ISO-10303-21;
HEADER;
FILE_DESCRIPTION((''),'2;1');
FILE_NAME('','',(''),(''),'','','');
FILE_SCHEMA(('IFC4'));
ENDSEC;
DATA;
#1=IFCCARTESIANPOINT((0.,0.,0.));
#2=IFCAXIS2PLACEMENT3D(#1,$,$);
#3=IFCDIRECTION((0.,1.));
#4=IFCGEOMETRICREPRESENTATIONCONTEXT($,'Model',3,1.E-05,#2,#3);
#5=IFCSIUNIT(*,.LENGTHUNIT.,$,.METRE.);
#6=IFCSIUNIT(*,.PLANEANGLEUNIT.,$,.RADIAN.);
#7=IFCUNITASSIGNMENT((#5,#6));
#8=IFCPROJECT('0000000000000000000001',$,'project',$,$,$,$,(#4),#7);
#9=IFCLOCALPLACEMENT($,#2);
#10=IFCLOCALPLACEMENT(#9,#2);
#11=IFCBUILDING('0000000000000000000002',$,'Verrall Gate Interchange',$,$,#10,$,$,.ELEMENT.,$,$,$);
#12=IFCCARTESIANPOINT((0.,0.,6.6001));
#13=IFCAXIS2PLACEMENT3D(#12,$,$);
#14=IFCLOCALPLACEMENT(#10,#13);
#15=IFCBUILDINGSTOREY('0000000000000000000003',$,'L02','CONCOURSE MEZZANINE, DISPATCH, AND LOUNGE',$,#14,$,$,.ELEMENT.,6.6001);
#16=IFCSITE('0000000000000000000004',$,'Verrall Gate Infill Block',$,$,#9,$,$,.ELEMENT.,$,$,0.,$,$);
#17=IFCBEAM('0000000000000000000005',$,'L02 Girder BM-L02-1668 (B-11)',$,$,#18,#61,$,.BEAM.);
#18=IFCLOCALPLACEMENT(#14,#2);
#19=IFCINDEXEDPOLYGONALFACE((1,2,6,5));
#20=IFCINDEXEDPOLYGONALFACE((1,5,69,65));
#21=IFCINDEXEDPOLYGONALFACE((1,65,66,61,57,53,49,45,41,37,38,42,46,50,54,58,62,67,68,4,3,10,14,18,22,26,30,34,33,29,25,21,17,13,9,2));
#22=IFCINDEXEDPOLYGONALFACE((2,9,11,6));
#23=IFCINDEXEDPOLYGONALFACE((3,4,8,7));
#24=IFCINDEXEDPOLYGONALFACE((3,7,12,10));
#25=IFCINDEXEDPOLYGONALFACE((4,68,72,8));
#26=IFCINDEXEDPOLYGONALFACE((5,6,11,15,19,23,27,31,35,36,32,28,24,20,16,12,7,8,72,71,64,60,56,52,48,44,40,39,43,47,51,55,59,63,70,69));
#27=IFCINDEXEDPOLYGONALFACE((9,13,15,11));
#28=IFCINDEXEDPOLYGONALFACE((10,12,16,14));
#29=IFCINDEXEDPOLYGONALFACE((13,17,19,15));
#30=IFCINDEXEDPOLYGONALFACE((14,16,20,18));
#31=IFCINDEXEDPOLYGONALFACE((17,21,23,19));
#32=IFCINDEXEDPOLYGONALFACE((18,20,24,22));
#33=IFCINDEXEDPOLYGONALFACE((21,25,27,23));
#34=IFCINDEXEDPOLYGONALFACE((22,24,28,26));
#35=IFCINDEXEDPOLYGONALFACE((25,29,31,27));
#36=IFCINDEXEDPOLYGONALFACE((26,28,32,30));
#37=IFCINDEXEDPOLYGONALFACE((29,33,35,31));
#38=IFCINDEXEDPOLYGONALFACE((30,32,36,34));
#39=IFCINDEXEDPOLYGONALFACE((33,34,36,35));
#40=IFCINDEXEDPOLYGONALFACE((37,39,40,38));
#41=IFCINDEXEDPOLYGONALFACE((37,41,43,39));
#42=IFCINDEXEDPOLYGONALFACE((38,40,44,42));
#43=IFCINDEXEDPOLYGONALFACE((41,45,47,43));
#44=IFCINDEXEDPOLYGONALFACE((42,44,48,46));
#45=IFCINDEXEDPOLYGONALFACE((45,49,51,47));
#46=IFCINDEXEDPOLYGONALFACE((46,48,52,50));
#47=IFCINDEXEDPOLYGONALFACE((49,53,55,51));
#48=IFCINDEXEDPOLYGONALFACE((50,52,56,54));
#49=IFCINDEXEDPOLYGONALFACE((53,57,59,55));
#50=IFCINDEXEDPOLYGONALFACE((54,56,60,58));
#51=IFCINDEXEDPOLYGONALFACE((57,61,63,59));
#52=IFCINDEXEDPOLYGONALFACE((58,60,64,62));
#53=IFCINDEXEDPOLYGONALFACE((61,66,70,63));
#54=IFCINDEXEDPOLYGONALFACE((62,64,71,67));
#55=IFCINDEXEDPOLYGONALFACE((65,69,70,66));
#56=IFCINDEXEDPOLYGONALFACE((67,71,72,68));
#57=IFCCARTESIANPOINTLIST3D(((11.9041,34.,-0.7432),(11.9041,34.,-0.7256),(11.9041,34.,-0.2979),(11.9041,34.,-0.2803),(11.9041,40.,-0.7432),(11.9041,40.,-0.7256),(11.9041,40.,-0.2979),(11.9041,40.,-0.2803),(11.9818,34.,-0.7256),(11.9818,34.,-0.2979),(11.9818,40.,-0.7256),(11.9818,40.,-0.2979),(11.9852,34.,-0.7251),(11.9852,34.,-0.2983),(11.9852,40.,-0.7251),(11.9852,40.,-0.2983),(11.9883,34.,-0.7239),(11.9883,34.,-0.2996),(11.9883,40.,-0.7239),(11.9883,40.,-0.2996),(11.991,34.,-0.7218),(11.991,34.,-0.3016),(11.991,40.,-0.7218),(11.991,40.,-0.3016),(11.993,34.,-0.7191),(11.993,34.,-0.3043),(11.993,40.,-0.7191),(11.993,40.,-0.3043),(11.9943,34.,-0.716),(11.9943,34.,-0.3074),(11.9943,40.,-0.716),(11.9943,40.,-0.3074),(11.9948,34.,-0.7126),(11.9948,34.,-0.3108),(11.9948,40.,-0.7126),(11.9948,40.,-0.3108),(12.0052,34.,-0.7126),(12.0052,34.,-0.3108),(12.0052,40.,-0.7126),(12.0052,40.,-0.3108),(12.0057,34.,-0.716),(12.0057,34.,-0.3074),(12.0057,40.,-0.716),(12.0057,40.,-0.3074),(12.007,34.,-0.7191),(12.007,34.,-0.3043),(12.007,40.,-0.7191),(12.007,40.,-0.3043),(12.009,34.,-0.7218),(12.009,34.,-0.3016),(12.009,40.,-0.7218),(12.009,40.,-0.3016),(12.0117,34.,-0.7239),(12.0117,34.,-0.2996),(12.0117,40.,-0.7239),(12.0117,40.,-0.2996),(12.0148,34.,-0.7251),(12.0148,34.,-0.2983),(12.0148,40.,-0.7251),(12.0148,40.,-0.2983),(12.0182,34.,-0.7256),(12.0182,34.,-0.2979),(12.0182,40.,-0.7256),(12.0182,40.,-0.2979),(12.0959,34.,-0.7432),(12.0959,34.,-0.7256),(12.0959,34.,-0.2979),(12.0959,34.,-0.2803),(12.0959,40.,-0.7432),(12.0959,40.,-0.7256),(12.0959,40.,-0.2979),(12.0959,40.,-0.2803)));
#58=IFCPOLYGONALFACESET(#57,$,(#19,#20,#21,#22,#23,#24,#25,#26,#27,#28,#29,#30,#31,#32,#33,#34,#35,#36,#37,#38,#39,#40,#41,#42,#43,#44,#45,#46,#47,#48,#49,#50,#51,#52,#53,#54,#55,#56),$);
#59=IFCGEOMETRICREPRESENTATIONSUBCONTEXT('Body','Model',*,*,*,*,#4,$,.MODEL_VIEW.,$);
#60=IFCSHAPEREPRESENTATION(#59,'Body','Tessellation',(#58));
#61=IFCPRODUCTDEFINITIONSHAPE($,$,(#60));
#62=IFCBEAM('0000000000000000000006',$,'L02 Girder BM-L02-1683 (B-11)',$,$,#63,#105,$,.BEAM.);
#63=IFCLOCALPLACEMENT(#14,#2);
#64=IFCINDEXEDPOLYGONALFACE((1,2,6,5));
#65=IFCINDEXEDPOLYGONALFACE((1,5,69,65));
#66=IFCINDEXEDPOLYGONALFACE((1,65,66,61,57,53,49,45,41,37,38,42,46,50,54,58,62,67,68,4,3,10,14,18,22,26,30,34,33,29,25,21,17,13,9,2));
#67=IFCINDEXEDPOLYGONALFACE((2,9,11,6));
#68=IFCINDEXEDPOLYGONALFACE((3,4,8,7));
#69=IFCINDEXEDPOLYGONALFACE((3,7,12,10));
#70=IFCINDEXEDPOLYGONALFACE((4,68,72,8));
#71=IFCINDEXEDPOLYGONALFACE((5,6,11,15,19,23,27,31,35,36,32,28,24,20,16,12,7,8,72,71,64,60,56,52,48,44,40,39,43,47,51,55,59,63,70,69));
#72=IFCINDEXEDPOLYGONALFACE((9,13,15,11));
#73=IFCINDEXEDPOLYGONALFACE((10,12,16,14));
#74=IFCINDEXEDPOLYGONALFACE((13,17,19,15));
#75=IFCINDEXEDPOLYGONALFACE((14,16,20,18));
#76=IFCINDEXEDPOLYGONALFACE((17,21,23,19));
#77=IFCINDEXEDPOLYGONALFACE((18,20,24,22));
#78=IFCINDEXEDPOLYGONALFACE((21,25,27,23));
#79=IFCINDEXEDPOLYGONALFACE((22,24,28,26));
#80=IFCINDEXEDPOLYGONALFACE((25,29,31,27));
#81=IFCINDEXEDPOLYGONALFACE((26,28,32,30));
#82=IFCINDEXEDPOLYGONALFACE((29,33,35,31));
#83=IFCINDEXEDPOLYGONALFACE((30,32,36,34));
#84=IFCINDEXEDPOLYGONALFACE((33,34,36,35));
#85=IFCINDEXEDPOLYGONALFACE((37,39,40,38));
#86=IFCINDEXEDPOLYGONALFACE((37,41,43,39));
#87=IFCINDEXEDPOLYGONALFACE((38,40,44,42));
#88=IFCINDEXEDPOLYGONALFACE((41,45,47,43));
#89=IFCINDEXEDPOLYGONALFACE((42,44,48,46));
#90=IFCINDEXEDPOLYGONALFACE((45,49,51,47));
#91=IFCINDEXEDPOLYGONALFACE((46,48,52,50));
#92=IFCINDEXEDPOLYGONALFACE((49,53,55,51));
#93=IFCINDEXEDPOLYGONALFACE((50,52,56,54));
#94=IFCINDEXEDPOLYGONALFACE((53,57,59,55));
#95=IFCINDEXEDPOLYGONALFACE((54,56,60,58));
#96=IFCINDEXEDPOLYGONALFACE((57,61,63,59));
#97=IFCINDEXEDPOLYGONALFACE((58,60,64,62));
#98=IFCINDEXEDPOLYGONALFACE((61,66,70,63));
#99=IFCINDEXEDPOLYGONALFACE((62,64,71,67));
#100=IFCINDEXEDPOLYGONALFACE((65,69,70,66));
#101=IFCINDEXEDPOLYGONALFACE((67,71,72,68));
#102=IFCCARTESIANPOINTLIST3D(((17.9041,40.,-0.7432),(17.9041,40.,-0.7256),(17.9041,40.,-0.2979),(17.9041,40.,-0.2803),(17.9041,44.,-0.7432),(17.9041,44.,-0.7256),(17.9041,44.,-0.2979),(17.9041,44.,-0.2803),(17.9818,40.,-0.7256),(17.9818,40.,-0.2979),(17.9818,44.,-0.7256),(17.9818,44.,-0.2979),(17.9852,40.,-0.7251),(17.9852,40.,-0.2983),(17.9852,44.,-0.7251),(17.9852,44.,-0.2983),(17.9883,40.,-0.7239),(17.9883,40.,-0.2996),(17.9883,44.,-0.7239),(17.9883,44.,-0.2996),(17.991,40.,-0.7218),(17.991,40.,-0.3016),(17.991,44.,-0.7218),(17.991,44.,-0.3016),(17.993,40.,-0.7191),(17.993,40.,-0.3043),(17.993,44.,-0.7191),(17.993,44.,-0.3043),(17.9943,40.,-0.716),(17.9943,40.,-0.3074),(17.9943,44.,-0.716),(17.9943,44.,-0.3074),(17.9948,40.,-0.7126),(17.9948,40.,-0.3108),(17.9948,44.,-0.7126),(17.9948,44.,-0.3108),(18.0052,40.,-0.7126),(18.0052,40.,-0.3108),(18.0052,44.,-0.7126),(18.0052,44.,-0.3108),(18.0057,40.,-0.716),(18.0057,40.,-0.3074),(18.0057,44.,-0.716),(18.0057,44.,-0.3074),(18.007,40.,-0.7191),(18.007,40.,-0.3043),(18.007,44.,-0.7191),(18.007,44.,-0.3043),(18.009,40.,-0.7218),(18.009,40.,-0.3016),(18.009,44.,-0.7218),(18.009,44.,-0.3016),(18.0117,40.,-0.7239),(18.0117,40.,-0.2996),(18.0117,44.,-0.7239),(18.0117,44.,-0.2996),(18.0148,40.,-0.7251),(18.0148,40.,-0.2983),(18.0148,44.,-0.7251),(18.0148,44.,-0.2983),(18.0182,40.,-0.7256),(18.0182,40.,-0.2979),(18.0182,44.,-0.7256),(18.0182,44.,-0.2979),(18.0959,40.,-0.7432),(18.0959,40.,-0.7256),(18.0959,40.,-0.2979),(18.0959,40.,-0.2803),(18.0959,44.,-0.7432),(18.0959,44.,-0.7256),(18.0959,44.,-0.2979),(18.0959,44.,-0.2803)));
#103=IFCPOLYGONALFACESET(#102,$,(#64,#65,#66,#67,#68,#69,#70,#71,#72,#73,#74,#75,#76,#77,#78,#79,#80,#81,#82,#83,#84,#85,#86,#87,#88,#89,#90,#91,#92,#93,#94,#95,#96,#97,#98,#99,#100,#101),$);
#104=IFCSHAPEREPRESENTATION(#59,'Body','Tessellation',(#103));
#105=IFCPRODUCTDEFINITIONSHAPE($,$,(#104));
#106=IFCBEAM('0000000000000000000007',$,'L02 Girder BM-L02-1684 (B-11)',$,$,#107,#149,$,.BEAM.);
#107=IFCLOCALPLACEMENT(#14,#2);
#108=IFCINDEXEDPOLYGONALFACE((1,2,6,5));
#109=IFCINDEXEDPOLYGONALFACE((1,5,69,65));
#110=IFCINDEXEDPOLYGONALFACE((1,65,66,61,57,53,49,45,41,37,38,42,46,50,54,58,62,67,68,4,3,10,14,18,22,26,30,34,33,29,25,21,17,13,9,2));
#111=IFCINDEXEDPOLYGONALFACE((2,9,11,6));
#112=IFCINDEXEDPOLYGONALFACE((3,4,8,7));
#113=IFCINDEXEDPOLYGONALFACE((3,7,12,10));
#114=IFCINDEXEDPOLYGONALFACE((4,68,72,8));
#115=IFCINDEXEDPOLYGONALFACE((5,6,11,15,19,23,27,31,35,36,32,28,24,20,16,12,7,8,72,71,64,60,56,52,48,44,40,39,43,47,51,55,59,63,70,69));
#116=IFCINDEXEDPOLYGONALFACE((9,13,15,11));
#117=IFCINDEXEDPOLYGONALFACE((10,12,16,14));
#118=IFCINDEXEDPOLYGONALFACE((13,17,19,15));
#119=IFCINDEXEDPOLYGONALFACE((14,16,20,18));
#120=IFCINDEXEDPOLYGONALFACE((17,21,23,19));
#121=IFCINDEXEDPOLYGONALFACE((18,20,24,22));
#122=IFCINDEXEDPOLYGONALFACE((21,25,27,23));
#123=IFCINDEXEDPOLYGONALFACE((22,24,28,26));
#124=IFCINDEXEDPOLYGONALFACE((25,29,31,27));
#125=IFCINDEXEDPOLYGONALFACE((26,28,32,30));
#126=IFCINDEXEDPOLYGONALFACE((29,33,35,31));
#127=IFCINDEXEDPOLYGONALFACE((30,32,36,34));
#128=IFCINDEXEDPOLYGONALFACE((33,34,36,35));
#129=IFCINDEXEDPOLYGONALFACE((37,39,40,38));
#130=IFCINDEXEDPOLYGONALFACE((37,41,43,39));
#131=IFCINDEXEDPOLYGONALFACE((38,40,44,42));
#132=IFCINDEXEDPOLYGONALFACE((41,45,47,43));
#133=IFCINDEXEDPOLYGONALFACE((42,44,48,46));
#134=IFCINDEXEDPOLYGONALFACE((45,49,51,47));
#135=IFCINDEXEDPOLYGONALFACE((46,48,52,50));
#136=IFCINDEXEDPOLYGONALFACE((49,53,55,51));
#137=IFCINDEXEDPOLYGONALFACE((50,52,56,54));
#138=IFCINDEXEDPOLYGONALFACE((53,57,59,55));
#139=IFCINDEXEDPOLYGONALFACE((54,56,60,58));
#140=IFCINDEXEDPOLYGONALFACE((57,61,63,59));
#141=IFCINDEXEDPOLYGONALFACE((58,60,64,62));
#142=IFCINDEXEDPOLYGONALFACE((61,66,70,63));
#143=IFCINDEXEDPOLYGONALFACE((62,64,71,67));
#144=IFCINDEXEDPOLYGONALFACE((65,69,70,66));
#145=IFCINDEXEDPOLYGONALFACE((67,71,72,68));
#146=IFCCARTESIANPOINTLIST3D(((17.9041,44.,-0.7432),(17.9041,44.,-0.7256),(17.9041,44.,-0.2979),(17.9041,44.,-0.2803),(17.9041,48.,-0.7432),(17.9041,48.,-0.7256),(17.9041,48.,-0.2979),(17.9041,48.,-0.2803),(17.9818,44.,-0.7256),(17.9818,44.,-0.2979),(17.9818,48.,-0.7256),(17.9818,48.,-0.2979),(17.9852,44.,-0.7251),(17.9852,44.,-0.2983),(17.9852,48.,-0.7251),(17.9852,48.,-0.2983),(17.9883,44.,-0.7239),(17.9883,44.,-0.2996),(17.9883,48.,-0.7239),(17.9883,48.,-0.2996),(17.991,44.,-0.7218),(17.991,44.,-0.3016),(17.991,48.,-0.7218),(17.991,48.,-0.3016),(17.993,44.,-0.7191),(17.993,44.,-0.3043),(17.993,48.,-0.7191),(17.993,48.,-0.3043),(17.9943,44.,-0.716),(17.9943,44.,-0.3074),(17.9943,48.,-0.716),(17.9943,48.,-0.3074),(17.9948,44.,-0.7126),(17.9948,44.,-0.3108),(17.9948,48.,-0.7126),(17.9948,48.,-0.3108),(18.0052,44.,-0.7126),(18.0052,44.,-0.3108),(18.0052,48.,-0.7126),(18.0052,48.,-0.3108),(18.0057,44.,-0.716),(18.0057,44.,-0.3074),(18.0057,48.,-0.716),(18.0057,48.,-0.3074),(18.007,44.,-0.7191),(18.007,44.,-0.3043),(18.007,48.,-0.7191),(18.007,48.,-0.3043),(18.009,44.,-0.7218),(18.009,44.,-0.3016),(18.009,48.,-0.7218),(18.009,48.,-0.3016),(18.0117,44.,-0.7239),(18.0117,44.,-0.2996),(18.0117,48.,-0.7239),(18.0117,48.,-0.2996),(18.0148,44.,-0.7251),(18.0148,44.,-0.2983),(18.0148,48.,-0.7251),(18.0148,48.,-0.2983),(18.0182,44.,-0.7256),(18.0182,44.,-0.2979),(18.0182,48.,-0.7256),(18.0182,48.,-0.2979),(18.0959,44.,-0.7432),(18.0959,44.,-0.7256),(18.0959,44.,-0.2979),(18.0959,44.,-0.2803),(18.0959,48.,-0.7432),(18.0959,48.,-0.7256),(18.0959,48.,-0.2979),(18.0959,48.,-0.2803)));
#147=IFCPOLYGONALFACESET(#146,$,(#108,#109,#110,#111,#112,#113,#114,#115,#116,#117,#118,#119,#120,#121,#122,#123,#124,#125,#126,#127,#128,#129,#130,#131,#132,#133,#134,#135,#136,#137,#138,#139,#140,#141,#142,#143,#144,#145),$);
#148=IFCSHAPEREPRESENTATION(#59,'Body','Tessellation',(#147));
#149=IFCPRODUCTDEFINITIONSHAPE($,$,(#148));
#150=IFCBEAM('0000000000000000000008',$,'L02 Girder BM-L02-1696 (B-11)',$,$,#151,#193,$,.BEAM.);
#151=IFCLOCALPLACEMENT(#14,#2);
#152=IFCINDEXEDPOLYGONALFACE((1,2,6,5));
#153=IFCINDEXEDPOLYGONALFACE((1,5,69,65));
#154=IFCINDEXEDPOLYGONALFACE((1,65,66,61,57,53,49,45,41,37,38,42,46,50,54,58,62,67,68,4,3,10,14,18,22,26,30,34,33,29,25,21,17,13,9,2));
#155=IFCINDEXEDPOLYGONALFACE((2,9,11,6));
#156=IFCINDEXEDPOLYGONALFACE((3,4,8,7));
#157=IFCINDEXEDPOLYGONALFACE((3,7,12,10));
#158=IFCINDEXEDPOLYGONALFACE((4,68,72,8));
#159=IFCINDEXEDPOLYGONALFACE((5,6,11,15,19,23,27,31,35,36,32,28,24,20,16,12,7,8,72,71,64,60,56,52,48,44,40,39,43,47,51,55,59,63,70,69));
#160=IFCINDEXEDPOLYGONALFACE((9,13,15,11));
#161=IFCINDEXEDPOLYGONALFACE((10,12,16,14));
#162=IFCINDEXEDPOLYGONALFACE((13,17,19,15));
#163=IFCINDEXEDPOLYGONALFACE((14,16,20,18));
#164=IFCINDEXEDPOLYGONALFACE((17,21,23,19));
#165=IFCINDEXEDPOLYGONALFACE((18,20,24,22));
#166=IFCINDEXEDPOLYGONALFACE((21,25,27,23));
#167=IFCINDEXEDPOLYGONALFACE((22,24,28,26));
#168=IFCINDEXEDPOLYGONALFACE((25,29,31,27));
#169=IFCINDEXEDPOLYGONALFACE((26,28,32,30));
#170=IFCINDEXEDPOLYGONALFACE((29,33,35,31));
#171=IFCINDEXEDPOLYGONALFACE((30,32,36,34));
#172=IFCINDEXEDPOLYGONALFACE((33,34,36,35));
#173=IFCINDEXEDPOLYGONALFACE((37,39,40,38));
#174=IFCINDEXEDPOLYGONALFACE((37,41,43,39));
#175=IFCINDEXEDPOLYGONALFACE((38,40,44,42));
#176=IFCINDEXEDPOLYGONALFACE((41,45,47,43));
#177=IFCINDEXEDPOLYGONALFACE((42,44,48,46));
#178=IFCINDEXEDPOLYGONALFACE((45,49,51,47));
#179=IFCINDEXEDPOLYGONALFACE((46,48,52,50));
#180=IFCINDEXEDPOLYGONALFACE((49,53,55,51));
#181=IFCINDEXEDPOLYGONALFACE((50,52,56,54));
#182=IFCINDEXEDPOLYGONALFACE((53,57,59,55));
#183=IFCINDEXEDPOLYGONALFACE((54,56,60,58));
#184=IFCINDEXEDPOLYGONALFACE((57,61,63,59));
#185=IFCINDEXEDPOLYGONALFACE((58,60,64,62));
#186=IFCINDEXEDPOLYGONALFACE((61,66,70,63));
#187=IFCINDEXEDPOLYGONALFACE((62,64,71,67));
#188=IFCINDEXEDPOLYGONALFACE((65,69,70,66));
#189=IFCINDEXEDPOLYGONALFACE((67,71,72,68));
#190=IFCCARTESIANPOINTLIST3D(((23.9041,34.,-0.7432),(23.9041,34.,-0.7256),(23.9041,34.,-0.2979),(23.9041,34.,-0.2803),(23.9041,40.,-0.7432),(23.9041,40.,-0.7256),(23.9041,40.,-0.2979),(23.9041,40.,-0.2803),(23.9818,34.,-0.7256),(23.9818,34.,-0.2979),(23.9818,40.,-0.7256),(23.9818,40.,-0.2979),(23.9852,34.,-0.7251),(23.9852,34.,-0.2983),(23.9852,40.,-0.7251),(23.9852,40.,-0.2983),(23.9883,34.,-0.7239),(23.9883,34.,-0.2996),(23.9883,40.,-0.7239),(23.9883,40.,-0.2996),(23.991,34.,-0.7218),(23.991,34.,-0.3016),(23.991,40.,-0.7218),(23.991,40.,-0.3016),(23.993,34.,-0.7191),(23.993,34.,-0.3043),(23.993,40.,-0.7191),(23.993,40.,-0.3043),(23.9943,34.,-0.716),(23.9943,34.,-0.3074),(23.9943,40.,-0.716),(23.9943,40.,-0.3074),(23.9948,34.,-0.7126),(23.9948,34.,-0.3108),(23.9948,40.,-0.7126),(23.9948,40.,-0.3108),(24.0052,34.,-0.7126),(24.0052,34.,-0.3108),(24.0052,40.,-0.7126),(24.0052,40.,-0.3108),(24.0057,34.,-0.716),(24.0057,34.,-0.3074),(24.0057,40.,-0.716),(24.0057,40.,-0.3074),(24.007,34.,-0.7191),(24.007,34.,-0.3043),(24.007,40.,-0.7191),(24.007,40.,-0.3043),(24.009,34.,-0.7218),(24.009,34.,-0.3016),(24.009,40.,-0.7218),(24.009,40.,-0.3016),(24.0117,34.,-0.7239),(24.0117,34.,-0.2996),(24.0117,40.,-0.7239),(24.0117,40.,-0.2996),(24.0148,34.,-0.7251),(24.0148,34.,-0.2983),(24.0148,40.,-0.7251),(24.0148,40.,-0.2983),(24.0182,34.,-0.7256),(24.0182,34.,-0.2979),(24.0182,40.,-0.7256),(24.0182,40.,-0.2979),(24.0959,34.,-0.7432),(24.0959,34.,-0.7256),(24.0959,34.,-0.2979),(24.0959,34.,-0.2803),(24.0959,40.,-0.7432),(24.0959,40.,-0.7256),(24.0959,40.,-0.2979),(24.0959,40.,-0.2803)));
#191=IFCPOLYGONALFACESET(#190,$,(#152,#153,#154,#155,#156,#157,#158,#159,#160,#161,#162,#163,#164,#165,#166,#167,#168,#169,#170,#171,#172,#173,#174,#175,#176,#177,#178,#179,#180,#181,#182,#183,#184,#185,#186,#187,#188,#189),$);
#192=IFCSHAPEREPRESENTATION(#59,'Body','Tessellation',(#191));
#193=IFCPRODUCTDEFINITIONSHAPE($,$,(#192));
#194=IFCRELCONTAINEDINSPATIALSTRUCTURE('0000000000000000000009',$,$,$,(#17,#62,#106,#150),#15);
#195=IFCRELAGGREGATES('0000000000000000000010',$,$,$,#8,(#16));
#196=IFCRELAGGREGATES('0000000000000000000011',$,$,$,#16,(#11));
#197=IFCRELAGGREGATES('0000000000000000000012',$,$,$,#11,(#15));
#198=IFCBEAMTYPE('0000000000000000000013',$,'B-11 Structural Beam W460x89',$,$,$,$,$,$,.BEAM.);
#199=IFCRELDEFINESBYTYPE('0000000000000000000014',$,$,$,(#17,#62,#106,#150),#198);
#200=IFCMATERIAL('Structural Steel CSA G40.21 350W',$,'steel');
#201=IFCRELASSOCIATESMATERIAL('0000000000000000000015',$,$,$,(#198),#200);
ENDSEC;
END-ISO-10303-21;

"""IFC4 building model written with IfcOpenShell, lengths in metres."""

from ifc_helpers import new_model, si_unit, direction, frame, origin, origin_2d, place, context, subcontext, project, spatial, i_section, extrude, material, material_profile, profile_set, type_object, element, save


model = new_model("IFC4")

# Units and contexts
model_context = context("Model", 3, precision=1e-05, world=origin(), true_north=direction((0.0, 1.0)))
body_context = subcontext(model_context, "Body", "Model", "MODEL_VIEW")
ifc_project = project(units=[si_unit("LENGTHUNIT", "METRE"), si_unit("PLANEANGLEUNIT", "RADIAN")], contexts=[model_context])

# Site, building, storey
site_placement = place(None, origin())
site = spatial("IfcSite", under=ifc_project, at=site_placement, Name="Verrall Gate Infill Block", CompositionType="ELEMENT", RefElevation=0.0)
building_placement = place(site_placement, origin())
building = spatial("IfcBuilding", under=site, at=building_placement, Name="Verrall Gate Interchange", CompositionType="ELEMENT")
storey_placement = place(building_placement, frame((0.0, 0.0, 6.6001)))
storey = spatial("IfcBuildingStorey", under=building, at=storey_placement, Name="L02", Description="CONCOURSE MEZZANINE, DISPATCH, AND LOUNGE", CompositionType="ELEMENT", Elevation=6.6001)

# Beams
ifc_material_1 = material(Name="Structural Steel CSA G40.21 350W", Category="steel")
ifc_material_profile_1 = material_profile(ifc_material_1, i_section(OverallWidth=0.1919, OverallDepth=0.4629, WebThickness=0.0105, FlangeThickness=0.0176, FilletRadius=0.0129, at=origin_2d()), Name="W460x89")
ifc_profile_set_1 = profile_set([ifc_material_profile_1], Name="Structural Steel CSA G40.21 350W")
beam_type_1 = type_object("IfcBeamType", Name="B-11 Structural Beam W460x89", PredefinedType="BEAM", material=ifc_profile_set_1)
for number, where, z_axis, x_axis, name in (
    (1, (12.0, 34.0, -0.5117), (0.0, 1.0, 0.0), (-1.0, 0.0, 0.0), "L02 Girder BM-L02-1668 (B-11)"),
):
    element("IfcBeam", number, at=place(storey_placement, frame(where, z_axis=z_axis, x_axis=x_axis)), inside=storey, type_object=beam_type_1, Name=name, PredefinedType="BEAM", context=body_context, shape_type="SweptSolid", body=[
        extrude(i_section(OverallWidth=0.1919, OverallDepth=0.4629, WebThickness=0.0105, FlangeThickness=0.0176, FilletRadius=0.0129, at=origin_2d()), origin(), (0.0, 0.0, 1.0), 6.0),
    ])
for number, where, z_axis, x_axis, name in (
    (2, (18.0, 40.0, -0.5117), (0.0, 1.0, 0.0), (-1.0, 0.0, 0.0), "L02 Girder BM-L02-1683 (B-11)"),
    (3, (18.0, 44.0, -0.5117), (0.0, 1.0, 0.0), (-1.0, 0.0, 0.0), "L02 Girder BM-L02-1684 (B-11)"),
):
    element("IfcBeam", number, at=place(storey_placement, frame(where, z_axis=z_axis, x_axis=x_axis)), inside=storey, type_object=beam_type_1, Name=name, PredefinedType="BEAM", context=body_context, shape_type="SweptSolid", body=[
        extrude(i_section(OverallWidth=0.1919, OverallDepth=0.4629, WebThickness=0.0105, FlangeThickness=0.0176, FilletRadius=0.0129, at=origin_2d()), origin(), (0.0, 0.0, 1.0), 4.0),
    ])
beam_1_placement = place(storey_placement, frame((24.0, 34.0, -0.5117), z_axis=(0.0, 1.0, 0.0), x_axis=(-1.0, 0.0, 0.0)))
element("IfcBeam", 4, at=beam_1_placement, inside=storey, type_object=beam_type_1, Name="L02 Girder BM-L02-1696 (B-11)", PredefinedType="BEAM", context=body_context, shape_type="SweptSolid", body=[
    extrude(i_section(OverallWidth=0.1919, OverallDepth=0.4629, WebThickness=0.0105, FlangeThickness=0.0176, FilletRadius=0.0129, at=origin_2d()), origin(), (0.0, 0.0, 1.0), 6.0),
])

save(model, "model.ifc")
